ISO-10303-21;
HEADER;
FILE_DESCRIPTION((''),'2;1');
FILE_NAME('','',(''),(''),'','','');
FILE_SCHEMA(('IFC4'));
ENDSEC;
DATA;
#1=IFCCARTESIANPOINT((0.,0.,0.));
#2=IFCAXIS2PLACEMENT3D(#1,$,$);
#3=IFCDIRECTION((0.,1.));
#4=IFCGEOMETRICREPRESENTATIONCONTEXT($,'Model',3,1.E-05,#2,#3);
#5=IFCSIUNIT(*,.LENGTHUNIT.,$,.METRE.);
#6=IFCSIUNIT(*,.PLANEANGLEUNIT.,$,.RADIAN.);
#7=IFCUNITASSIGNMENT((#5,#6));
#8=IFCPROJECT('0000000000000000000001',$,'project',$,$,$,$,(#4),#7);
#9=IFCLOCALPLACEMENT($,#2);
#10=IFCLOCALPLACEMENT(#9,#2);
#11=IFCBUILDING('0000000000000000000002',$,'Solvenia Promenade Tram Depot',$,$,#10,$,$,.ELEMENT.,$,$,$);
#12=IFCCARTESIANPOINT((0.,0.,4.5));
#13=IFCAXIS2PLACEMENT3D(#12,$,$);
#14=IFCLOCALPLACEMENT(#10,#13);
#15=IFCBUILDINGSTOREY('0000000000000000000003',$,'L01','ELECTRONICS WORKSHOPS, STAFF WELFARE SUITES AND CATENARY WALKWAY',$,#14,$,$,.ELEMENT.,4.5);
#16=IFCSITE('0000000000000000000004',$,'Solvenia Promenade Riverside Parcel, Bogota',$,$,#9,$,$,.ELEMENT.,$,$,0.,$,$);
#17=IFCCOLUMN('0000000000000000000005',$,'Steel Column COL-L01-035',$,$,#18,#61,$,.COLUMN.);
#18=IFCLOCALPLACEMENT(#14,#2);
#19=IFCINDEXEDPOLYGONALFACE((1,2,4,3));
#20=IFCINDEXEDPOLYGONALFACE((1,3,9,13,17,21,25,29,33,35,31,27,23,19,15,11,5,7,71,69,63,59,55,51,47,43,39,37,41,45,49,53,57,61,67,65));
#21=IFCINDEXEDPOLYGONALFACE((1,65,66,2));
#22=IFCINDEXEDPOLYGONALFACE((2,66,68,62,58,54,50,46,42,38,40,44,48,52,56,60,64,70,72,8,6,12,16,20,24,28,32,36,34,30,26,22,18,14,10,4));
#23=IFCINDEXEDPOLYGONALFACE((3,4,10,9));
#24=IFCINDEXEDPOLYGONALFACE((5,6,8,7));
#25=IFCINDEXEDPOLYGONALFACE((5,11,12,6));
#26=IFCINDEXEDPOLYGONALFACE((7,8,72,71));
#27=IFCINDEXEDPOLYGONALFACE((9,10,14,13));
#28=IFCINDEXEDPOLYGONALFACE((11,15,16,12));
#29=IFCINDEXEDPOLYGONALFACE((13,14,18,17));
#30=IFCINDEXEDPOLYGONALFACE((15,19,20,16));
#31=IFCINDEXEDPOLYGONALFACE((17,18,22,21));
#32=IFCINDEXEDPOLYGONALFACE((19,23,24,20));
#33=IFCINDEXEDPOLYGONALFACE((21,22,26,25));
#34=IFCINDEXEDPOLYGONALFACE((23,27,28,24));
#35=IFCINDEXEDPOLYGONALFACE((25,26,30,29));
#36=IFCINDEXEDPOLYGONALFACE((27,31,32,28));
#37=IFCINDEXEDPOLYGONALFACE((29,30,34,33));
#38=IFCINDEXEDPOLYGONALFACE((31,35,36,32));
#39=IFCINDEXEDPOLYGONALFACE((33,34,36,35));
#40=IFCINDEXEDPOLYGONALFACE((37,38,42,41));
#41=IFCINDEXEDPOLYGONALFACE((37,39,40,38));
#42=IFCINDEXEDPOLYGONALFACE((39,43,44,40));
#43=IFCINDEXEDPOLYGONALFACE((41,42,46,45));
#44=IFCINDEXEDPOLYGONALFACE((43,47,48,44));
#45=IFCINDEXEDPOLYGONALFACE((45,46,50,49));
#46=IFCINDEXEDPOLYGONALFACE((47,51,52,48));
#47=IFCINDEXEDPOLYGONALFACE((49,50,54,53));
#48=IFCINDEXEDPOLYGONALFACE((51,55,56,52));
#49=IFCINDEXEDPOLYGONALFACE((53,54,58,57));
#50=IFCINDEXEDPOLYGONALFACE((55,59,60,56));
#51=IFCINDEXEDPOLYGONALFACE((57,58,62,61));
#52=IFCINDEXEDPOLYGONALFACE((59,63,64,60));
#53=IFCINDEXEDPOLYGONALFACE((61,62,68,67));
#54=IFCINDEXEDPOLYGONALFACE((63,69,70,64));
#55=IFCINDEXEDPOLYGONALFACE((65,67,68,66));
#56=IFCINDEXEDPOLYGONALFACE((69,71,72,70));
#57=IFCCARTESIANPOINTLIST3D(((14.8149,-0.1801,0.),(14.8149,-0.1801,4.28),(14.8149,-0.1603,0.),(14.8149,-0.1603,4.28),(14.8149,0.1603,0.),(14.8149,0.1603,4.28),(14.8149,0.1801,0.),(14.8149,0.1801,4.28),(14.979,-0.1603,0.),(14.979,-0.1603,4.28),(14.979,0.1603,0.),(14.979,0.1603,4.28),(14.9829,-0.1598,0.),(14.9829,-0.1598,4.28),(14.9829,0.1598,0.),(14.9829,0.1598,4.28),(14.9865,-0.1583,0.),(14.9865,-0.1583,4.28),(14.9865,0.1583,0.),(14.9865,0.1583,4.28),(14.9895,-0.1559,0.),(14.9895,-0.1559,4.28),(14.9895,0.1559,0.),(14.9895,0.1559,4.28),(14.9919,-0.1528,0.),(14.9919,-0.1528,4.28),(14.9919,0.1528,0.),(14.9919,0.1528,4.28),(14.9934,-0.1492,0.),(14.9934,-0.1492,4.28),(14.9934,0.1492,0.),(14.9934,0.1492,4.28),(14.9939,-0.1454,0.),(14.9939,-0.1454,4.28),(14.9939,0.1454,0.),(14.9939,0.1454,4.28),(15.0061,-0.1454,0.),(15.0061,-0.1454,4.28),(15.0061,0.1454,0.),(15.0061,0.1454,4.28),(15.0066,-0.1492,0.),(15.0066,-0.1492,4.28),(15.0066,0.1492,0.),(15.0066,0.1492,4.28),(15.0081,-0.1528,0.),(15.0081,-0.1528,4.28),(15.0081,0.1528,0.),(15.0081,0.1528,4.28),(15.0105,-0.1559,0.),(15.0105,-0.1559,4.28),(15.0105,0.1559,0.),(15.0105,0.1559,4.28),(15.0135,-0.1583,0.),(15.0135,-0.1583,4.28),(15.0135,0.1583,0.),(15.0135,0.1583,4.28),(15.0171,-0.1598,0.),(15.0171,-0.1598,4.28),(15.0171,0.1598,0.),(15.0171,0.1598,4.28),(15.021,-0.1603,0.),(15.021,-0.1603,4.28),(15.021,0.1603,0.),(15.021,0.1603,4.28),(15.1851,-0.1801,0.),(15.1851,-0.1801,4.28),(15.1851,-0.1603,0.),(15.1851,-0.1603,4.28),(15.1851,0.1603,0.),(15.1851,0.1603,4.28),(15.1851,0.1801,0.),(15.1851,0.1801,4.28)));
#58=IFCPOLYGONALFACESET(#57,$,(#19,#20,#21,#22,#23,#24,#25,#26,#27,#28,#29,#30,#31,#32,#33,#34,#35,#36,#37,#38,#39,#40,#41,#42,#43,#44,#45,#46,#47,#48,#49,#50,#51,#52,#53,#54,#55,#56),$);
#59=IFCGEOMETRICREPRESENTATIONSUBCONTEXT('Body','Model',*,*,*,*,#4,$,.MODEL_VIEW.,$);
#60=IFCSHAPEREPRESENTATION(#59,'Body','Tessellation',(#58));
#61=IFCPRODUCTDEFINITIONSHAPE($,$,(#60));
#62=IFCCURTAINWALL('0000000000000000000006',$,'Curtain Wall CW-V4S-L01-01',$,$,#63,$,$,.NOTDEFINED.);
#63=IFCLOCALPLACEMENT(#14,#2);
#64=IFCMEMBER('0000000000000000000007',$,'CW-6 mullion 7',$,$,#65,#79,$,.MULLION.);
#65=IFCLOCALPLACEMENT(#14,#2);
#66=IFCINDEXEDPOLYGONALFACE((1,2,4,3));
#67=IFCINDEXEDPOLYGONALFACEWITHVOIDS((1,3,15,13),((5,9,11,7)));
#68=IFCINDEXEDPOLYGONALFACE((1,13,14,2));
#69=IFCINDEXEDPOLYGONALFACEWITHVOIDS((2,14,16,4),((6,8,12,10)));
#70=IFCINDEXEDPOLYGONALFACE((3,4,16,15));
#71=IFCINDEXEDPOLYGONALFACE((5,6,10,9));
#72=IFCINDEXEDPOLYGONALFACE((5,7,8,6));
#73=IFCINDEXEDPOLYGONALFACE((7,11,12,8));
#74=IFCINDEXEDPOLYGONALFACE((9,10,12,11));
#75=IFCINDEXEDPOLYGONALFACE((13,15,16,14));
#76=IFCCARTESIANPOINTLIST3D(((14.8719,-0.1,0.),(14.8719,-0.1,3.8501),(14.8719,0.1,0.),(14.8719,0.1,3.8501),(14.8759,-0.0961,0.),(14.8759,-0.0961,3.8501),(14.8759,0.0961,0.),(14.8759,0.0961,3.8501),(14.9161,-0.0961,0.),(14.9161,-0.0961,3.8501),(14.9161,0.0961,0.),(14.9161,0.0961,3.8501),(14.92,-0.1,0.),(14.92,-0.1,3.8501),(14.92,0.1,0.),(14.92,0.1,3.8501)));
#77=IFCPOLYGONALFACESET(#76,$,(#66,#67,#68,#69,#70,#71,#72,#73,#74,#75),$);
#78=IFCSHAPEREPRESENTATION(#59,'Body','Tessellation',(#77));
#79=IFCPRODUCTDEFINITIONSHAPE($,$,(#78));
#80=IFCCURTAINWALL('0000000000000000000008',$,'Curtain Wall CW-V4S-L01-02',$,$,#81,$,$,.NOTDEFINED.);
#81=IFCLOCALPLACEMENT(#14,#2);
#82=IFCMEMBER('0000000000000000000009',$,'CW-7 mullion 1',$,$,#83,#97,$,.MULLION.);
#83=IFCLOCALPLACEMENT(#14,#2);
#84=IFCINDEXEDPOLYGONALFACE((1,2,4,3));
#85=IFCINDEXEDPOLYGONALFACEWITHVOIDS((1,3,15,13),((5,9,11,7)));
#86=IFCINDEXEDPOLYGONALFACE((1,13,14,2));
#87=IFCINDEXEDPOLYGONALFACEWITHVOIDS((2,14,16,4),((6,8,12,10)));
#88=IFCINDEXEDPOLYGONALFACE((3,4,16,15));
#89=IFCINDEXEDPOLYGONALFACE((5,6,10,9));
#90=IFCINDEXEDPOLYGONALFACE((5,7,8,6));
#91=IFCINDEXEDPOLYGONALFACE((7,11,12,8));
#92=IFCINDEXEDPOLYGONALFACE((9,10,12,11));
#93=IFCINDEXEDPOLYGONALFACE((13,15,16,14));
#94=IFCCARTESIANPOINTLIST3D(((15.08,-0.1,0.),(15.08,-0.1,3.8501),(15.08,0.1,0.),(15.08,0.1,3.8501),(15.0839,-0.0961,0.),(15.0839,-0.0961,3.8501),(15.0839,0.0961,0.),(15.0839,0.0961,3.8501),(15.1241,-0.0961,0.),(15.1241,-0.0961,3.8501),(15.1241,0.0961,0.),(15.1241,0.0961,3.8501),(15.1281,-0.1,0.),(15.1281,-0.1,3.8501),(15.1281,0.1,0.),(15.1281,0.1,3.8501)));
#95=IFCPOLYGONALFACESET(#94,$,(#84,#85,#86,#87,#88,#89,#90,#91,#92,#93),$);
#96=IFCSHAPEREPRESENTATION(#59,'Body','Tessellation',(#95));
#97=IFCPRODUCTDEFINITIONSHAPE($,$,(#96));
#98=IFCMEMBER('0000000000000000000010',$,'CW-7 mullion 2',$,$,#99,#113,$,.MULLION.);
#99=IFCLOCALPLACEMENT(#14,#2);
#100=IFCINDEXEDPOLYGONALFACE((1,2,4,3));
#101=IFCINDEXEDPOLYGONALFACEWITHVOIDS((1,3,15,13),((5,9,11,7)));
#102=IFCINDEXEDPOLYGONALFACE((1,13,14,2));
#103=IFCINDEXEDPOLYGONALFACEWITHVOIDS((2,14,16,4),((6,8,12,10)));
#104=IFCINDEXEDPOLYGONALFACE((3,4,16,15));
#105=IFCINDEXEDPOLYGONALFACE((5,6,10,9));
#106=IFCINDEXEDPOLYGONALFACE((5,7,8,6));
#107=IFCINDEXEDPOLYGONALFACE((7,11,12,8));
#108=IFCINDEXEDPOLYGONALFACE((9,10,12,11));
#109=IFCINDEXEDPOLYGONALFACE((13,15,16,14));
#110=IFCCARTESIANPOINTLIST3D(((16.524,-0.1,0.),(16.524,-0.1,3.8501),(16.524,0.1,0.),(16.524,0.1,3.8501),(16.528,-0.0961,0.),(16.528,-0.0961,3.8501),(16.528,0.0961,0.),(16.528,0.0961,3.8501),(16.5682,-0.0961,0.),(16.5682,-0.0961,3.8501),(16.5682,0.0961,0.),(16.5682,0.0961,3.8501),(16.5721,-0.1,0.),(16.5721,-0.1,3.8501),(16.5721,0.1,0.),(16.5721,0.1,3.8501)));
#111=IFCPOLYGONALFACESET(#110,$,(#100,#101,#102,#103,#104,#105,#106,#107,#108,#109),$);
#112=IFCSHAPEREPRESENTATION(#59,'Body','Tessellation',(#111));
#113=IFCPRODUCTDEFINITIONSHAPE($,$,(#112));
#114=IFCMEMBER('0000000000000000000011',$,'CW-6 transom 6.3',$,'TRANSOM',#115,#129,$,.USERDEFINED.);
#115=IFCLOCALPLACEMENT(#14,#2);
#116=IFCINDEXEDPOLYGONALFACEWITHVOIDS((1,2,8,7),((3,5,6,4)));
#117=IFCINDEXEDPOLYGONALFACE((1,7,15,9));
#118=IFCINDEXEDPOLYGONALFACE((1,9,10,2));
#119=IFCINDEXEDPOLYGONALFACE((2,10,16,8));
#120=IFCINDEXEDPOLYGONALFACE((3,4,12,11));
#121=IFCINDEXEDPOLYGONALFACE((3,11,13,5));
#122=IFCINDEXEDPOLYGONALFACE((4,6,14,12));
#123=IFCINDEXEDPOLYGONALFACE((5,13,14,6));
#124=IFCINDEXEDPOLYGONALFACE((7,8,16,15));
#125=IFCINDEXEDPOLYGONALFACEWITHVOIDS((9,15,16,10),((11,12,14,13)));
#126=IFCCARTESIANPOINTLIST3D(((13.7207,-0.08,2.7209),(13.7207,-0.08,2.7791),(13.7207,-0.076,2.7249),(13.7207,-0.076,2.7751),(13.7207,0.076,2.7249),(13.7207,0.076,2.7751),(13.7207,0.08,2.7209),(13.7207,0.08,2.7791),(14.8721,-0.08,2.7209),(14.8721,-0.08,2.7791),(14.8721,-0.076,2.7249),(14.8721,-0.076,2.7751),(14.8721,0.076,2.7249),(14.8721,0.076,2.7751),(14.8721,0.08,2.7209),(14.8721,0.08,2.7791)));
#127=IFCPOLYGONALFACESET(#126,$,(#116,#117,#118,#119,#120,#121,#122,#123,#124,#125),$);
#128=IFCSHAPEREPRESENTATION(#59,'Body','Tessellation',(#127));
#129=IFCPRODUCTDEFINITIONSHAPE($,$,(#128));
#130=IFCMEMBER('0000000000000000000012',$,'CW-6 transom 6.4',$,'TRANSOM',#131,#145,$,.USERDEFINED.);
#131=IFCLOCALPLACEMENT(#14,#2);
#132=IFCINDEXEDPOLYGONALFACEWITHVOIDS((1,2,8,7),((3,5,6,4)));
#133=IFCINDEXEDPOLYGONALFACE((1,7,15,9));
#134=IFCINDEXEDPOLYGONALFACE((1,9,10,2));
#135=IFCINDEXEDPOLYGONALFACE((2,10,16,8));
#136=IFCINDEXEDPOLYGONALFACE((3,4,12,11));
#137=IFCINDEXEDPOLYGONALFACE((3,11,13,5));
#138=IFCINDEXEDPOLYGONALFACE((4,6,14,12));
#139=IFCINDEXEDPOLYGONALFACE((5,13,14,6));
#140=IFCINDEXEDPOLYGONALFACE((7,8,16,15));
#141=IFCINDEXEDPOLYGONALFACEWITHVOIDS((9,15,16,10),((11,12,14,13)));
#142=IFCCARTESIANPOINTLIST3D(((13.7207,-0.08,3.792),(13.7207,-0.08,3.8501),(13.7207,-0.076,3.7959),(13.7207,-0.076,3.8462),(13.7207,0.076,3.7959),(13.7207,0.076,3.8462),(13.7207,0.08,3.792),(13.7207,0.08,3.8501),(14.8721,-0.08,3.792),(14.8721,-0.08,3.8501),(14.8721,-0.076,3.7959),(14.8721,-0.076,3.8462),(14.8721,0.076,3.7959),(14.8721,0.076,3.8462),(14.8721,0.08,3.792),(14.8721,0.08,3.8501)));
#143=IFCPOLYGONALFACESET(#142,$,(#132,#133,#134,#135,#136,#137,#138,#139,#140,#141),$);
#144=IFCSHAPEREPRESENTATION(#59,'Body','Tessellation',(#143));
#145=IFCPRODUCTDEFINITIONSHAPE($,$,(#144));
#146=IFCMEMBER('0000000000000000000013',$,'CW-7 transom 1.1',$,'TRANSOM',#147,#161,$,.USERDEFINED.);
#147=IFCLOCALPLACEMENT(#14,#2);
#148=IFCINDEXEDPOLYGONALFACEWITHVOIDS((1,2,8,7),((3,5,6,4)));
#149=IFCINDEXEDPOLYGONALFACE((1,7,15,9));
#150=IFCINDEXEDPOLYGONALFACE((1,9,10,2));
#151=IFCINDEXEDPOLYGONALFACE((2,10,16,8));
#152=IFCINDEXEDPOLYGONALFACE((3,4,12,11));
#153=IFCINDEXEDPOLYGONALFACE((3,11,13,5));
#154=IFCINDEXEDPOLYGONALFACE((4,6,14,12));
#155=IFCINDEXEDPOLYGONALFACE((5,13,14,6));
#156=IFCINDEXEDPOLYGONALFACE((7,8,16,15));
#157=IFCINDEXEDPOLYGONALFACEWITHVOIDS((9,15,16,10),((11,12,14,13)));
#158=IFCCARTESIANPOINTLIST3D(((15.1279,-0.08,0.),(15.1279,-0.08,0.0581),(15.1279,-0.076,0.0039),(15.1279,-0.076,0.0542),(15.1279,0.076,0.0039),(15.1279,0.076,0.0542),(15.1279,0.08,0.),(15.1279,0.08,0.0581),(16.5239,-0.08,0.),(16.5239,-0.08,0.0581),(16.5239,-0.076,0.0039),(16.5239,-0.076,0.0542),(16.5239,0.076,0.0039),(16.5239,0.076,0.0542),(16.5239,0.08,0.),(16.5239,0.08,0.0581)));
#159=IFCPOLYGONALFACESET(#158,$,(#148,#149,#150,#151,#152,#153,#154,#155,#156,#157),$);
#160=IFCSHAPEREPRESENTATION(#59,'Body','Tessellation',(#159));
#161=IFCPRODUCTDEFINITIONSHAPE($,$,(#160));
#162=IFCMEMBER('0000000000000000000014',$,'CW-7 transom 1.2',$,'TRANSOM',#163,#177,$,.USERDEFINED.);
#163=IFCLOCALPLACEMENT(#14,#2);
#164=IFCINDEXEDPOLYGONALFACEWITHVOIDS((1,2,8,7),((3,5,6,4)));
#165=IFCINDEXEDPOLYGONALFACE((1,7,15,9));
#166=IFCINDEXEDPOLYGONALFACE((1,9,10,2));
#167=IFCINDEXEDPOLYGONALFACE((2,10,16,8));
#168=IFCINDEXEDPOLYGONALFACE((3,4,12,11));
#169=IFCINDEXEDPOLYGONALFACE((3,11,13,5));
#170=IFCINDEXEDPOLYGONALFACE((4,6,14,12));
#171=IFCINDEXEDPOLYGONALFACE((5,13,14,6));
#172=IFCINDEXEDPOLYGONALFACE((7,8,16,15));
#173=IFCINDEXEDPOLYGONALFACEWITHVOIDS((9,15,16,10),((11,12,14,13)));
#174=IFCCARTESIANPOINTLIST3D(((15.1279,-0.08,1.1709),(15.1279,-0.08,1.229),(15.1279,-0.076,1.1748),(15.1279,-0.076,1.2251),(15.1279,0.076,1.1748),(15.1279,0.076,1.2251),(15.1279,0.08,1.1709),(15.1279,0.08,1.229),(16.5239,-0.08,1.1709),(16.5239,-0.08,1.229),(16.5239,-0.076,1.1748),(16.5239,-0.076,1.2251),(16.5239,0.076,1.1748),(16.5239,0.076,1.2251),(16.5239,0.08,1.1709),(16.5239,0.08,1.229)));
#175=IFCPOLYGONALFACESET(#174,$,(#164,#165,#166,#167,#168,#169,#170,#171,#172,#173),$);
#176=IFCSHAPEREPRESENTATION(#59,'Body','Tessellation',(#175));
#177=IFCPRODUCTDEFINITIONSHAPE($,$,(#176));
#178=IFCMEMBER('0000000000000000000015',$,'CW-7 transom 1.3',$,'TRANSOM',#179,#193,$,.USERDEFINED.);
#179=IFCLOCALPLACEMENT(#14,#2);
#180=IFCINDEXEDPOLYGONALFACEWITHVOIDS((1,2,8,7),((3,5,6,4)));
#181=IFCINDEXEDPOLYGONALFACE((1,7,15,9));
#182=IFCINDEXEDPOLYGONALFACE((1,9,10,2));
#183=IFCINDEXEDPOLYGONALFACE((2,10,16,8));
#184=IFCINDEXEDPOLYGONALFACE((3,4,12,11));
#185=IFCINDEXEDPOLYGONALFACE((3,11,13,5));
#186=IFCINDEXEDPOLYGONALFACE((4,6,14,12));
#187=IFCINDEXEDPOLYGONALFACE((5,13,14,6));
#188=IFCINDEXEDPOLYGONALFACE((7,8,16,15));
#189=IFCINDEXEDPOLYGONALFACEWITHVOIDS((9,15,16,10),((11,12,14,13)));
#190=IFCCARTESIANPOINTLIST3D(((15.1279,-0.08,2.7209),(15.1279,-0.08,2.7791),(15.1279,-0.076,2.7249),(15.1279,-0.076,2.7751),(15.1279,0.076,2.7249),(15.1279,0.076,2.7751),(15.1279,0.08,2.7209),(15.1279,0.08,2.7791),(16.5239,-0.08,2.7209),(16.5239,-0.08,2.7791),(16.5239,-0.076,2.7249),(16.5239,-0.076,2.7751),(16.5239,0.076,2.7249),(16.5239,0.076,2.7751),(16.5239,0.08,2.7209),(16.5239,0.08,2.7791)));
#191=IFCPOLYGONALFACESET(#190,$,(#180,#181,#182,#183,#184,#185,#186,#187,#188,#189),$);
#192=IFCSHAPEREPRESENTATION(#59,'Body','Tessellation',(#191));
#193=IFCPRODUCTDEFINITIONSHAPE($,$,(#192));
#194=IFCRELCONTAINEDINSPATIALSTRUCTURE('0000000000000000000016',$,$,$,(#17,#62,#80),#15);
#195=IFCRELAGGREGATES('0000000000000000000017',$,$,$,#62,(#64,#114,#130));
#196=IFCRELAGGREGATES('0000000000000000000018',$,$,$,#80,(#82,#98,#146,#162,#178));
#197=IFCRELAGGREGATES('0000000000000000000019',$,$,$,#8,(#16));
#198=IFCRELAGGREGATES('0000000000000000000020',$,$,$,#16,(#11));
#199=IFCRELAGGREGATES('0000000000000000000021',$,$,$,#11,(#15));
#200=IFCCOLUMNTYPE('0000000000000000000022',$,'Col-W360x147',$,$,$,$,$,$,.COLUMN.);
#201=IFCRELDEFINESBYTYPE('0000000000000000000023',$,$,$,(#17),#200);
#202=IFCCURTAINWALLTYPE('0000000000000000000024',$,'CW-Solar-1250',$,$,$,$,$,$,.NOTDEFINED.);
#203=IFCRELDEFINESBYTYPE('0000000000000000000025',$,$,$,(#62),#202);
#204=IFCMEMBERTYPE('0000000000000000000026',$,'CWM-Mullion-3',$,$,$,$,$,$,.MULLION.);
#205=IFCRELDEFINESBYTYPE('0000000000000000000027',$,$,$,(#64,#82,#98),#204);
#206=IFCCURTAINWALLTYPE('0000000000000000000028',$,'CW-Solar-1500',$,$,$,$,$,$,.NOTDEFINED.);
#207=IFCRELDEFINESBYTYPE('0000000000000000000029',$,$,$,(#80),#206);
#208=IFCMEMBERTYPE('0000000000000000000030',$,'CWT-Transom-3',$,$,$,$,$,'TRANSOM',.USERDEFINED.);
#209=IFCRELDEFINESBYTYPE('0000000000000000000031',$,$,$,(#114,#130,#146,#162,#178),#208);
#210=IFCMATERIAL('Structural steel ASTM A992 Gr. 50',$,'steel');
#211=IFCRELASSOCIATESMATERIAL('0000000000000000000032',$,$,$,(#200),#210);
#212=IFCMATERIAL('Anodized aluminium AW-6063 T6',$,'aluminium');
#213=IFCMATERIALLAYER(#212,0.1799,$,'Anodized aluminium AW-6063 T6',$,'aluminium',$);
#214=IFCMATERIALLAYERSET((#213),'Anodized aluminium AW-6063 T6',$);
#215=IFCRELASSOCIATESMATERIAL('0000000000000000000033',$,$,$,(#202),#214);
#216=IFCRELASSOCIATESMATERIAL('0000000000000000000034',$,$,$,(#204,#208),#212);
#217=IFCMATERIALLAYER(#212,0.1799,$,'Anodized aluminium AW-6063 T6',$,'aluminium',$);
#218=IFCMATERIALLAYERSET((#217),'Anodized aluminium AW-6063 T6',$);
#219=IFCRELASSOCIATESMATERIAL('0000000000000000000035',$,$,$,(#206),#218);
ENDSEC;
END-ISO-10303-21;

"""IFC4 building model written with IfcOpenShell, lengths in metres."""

from ifc_helpers import new_model, si_unit, direction, frame, origin, origin_2d, place, context, subcontext, project, spatial, hollow_rectangle, i_section, extrude, material, layer, layer_set, material_profile, profile_set, type_object, element, aggregate, save


model = new_model("IFC4")

# Units and contexts
model_context = context("Model", 3, precision=1e-05, world=origin(), true_north=direction((0.0, 1.0)))
body_context = subcontext(model_context, "Body", "Model", "MODEL_VIEW")
ifc_project = project(units=[si_unit("LENGTHUNIT", "METRE"), si_unit("PLANEANGLEUNIT", "RADIAN")], contexts=[model_context])

# Site, building, storey
site_placement = place(None, origin())
site = spatial("IfcSite", under=ifc_project, at=site_placement, Name="Solvenia Promenade Riverside Parcel, Bogota", CompositionType="ELEMENT", RefElevation=0.0)
building_placement = place(site_placement, origin())
building = spatial("IfcBuilding", under=site, at=building_placement, Name="Solvenia Promenade Tram Depot", CompositionType="ELEMENT")
storey_placement = place(building_placement, frame((0.0, 0.0, 4.5)))
storey = spatial("IfcBuildingStorey", under=building, at=storey_placement, Name="L01", Description="ELECTRONICS WORKSHOPS, STAFF WELFARE SUITES AND CATENARY WALKWAY", CompositionType="ELEMENT", Elevation=4.5)

# Column
ifc_material_1 = material(Name="Structural steel ASTM A992 Gr. 50", Category="steel")
ifc_material_profile_1 = material_profile(ifc_material_1, i_section(OverallWidth=0.3701, OverallDepth=0.3601, WebThickness=0.0122, FlangeThickness=0.0198, FilletRadius=0.0149, at=origin_2d()), Name="W360x147", Category="steel")
ifc_profile_set_1 = profile_set([ifc_material_profile_1], Name="Structural steel ASTM A992 Gr. 50")
column_type = type_object("IfcColumnType", Name="Col-W360x147", PredefinedType="COLUMN", material=ifc_profile_set_1)
column_placement = place(storey_placement, frame((15.0, 0.0, 0.0), z_axis=(0.0, 0.0, 1.0), x_axis=(1.0, 0.0, 0.0)))
element("IfcColumn", 1, at=column_placement, inside=storey, type_object=column_type, Name="Steel Column COL-L01-035", PredefinedType="COLUMN", context=body_context, shape_type="SweptSolid", body=[
    extrude(i_section(OverallWidth=0.3701, OverallDepth=0.3601, WebThickness=0.0122, FlangeThickness=0.0198, FilletRadius=0.0149, at=origin_2d()), origin(), (0.0, 0.0, 1.0), 4.28),
])

# Curtain wall, member
ifc_material_2 = material(Name="Anodized aluminium AW-6063 T6", Category="aluminium")
ifc_layer_1 = layer(ifc_material_2, 0.1799, Name="Anodized aluminium AW-6063 T6", Category="aluminium")
ifc_layer_set_1 = layer_set([ifc_layer_1], Name="Anodized aluminium AW-6063 T6")
curtain_wall_type_1 = type_object("IfcCurtainWallType", Name="CW-Solar-1250", PredefinedType="NOTDEFINED", material=ifc_layer_set_1)
curtain_wall_1_placement = place(storey_placement, origin())
curtain_wall_1 = element("IfcCurtainWall", 2, at=curtain_wall_1_placement, inside=storey, type_object=curtain_wall_type_1, Name="Curtain Wall CW-V4S-L01-01", PredefinedType="NOTDEFINED")
ifc_material_profile_2 = material_profile(ifc_material_2, hollow_rectangle(XDim=0.2, YDim=0.0481, WallThickness=0.0039, at=origin_2d()), Name="ALU-M3", Category="aluminium")
ifc_profile_set_2 = profile_set([ifc_material_profile_2], Name="Anodized aluminium AW-6063 T6")
member_type_1 = type_object("IfcMemberType", Name="CWM-Mullion-3", PredefinedType="MULLION", material=ifc_profile_set_2)
member_1_placement = place(storey_placement, frame((14.896, 0.0, 0.0), z_axis=(0.0, 0.0, 1.0), x_axis=(0.0, 1.0, 0.0)))
member_1 = element("IfcMember", 3, at=member_1_placement, type_object=member_type_1, Name="CW-6 mullion 7", PredefinedType="MULLION", context=body_context, shape_type="SweptSolid", body=[
    extrude(hollow_rectangle(XDim=0.2, YDim=0.0481, WallThickness=0.0039, at=origin_2d()), origin(), (0.0, 0.0, 1.0), 3.8501),
])

# Curtain wall, members
ifc_layer_2 = layer(ifc_material_2, 0.1799, Name="Anodized aluminium AW-6063 T6", Category="aluminium")
ifc_layer_set_2 = layer_set([ifc_layer_2], Name="Anodized aluminium AW-6063 T6")
curtain_wall_type_2 = type_object("IfcCurtainWallType", Name="CW-Solar-1500", PredefinedType="NOTDEFINED", material=ifc_layer_set_2)
curtain_wall_2_placement = place(storey_placement, origin())
curtain_wall_2 = element("IfcCurtainWall", 4, at=curtain_wall_2_placement, inside=storey, type_object=curtain_wall_type_2, Name="Curtain Wall CW-V4S-L01-02", PredefinedType="NOTDEFINED")
member_2_placement = place(storey_placement, frame((15.104, 0.0, 0.0), z_axis=(0.0, 0.0, 1.0), x_axis=(0.0, 1.0, 0.0)))
member_2 = element("IfcMember", 5, at=member_2_placement, type_object=member_type_1, Name="CW-7 mullion 1", PredefinedType="MULLION", context=body_context, shape_type="SweptSolid", body=[
    extrude(hollow_rectangle(XDim=0.2, YDim=0.0481, WallThickness=0.0039, at=origin_2d()), origin(), (0.0, 0.0, 1.0), 3.8501),
])
member_3_placement = place(storey_placement, frame((16.5481, 0.0, 0.0), z_axis=(0.0, 0.0, 1.0), x_axis=(0.0, 1.0, 0.0)))
member_3 = element("IfcMember", 6, at=member_3_placement, type_object=member_type_1, Name="CW-7 mullion 2", PredefinedType="MULLION", context=body_context, shape_type="SweptSolid", body=[
    extrude(hollow_rectangle(XDim=0.2, YDim=0.0481, WallThickness=0.0039, at=origin_2d()), origin(), (0.0, 0.0, 1.0), 3.8501),
])

# Members
ifc_material_profile_3 = material_profile(ifc_material_2, hollow_rectangle(XDim=0.1599, YDim=0.0581, WallThickness=0.0039, at=origin_2d()), Name="ALU-T3", Category="aluminium")
ifc_profile_set_3 = profile_set([ifc_material_profile_3], Name="Anodized aluminium AW-6063 T6")
member_type_2 = type_object("IfcMemberType", Name="CWT-Transom-3", ElementType="TRANSOM", PredefinedType="USERDEFINED", material=ifc_profile_set_3)
member_4_placement = place(storey_placement, frame((13.7207, 0.0, 2.75), z_axis=(1.0, 0.0, 0.0), x_axis=(0.0, 1.0, 0.0)))
member_4 = element("IfcMember", 7, at=member_4_placement, type_object=member_type_2, Name="CW-6 transom 6.3", ObjectType="TRANSOM", PredefinedType="USERDEFINED", context=body_context, shape_type="SweptSolid", body=[
    extrude(hollow_rectangle(XDim=0.1599, YDim=0.0581, WallThickness=0.0039, at=origin_2d()), origin(), (0.0, 0.0, 1.0), 1.1514),
])
member_5_placement = place(storey_placement, frame((13.7207, 0.0, 3.821), z_axis=(1.0, 0.0, 0.0), x_axis=(0.0, 1.0, 0.0)))
member_5 = element("IfcMember", 8, at=member_5_placement, type_object=member_type_2, Name="CW-6 transom 6.4", ObjectType="TRANSOM", PredefinedType="USERDEFINED", context=body_context, shape_type="SweptSolid", body=[
    extrude(hollow_rectangle(XDim=0.1599, YDim=0.0581, WallThickness=0.0039, at=origin_2d()), origin(), (0.0, 0.0, 1.0), 1.1514),
])
member_6_placement = place(storey_placement, frame((15.1279, 0.0, 0.0291), z_axis=(1.0, 0.0, 0.0), x_axis=(0.0, 1.0, 0.0)))
member_6 = element("IfcMember", 9, at=member_6_placement, type_object=member_type_2, Name="CW-7 transom 1.1", ObjectType="TRANSOM", PredefinedType="USERDEFINED", context=body_context, shape_type="SweptSolid", body=[
    extrude(hollow_rectangle(XDim=0.1599, YDim=0.0581, WallThickness=0.0039, at=origin_2d()), origin(), (0.0, 0.0, 1.0), 1.396),
])
member_7_placement = place(storey_placement, frame((15.1279, 0.0, 1.2), z_axis=(1.0, 0.0, 0.0), x_axis=(0.0, 1.0, 0.0)))
member_7 = element("IfcMember", 10, at=member_7_placement, type_object=member_type_2, Name="CW-7 transom 1.2", ObjectType="TRANSOM", PredefinedType="USERDEFINED", context=body_context, shape_type="SweptSolid", body=[
    extrude(hollow_rectangle(XDim=0.1599, YDim=0.0581, WallThickness=0.0039, at=origin_2d()), origin(), (0.0, 0.0, 1.0), 1.396),
])
member_8_placement = place(storey_placement, frame((15.1279, 0.0, 2.75), z_axis=(1.0, 0.0, 0.0), x_axis=(0.0, 1.0, 0.0)))
member_8 = element("IfcMember", 11, at=member_8_placement, type_object=member_type_2, Name="CW-7 transom 1.3", ObjectType="TRANSOM", PredefinedType="USERDEFINED", context=body_context, shape_type="SweptSolid", body=[
    extrude(hollow_rectangle(XDim=0.1599, YDim=0.0581, WallThickness=0.0039, at=origin_2d()), origin(), (0.0, 0.0, 1.0), 1.396),
])

aggregate(curtain_wall_1, [member_1, member_4, member_5])
aggregate(curtain_wall_2, [member_2, member_3, member_6, member_7, member_8])

save(model, "model.ifc")
